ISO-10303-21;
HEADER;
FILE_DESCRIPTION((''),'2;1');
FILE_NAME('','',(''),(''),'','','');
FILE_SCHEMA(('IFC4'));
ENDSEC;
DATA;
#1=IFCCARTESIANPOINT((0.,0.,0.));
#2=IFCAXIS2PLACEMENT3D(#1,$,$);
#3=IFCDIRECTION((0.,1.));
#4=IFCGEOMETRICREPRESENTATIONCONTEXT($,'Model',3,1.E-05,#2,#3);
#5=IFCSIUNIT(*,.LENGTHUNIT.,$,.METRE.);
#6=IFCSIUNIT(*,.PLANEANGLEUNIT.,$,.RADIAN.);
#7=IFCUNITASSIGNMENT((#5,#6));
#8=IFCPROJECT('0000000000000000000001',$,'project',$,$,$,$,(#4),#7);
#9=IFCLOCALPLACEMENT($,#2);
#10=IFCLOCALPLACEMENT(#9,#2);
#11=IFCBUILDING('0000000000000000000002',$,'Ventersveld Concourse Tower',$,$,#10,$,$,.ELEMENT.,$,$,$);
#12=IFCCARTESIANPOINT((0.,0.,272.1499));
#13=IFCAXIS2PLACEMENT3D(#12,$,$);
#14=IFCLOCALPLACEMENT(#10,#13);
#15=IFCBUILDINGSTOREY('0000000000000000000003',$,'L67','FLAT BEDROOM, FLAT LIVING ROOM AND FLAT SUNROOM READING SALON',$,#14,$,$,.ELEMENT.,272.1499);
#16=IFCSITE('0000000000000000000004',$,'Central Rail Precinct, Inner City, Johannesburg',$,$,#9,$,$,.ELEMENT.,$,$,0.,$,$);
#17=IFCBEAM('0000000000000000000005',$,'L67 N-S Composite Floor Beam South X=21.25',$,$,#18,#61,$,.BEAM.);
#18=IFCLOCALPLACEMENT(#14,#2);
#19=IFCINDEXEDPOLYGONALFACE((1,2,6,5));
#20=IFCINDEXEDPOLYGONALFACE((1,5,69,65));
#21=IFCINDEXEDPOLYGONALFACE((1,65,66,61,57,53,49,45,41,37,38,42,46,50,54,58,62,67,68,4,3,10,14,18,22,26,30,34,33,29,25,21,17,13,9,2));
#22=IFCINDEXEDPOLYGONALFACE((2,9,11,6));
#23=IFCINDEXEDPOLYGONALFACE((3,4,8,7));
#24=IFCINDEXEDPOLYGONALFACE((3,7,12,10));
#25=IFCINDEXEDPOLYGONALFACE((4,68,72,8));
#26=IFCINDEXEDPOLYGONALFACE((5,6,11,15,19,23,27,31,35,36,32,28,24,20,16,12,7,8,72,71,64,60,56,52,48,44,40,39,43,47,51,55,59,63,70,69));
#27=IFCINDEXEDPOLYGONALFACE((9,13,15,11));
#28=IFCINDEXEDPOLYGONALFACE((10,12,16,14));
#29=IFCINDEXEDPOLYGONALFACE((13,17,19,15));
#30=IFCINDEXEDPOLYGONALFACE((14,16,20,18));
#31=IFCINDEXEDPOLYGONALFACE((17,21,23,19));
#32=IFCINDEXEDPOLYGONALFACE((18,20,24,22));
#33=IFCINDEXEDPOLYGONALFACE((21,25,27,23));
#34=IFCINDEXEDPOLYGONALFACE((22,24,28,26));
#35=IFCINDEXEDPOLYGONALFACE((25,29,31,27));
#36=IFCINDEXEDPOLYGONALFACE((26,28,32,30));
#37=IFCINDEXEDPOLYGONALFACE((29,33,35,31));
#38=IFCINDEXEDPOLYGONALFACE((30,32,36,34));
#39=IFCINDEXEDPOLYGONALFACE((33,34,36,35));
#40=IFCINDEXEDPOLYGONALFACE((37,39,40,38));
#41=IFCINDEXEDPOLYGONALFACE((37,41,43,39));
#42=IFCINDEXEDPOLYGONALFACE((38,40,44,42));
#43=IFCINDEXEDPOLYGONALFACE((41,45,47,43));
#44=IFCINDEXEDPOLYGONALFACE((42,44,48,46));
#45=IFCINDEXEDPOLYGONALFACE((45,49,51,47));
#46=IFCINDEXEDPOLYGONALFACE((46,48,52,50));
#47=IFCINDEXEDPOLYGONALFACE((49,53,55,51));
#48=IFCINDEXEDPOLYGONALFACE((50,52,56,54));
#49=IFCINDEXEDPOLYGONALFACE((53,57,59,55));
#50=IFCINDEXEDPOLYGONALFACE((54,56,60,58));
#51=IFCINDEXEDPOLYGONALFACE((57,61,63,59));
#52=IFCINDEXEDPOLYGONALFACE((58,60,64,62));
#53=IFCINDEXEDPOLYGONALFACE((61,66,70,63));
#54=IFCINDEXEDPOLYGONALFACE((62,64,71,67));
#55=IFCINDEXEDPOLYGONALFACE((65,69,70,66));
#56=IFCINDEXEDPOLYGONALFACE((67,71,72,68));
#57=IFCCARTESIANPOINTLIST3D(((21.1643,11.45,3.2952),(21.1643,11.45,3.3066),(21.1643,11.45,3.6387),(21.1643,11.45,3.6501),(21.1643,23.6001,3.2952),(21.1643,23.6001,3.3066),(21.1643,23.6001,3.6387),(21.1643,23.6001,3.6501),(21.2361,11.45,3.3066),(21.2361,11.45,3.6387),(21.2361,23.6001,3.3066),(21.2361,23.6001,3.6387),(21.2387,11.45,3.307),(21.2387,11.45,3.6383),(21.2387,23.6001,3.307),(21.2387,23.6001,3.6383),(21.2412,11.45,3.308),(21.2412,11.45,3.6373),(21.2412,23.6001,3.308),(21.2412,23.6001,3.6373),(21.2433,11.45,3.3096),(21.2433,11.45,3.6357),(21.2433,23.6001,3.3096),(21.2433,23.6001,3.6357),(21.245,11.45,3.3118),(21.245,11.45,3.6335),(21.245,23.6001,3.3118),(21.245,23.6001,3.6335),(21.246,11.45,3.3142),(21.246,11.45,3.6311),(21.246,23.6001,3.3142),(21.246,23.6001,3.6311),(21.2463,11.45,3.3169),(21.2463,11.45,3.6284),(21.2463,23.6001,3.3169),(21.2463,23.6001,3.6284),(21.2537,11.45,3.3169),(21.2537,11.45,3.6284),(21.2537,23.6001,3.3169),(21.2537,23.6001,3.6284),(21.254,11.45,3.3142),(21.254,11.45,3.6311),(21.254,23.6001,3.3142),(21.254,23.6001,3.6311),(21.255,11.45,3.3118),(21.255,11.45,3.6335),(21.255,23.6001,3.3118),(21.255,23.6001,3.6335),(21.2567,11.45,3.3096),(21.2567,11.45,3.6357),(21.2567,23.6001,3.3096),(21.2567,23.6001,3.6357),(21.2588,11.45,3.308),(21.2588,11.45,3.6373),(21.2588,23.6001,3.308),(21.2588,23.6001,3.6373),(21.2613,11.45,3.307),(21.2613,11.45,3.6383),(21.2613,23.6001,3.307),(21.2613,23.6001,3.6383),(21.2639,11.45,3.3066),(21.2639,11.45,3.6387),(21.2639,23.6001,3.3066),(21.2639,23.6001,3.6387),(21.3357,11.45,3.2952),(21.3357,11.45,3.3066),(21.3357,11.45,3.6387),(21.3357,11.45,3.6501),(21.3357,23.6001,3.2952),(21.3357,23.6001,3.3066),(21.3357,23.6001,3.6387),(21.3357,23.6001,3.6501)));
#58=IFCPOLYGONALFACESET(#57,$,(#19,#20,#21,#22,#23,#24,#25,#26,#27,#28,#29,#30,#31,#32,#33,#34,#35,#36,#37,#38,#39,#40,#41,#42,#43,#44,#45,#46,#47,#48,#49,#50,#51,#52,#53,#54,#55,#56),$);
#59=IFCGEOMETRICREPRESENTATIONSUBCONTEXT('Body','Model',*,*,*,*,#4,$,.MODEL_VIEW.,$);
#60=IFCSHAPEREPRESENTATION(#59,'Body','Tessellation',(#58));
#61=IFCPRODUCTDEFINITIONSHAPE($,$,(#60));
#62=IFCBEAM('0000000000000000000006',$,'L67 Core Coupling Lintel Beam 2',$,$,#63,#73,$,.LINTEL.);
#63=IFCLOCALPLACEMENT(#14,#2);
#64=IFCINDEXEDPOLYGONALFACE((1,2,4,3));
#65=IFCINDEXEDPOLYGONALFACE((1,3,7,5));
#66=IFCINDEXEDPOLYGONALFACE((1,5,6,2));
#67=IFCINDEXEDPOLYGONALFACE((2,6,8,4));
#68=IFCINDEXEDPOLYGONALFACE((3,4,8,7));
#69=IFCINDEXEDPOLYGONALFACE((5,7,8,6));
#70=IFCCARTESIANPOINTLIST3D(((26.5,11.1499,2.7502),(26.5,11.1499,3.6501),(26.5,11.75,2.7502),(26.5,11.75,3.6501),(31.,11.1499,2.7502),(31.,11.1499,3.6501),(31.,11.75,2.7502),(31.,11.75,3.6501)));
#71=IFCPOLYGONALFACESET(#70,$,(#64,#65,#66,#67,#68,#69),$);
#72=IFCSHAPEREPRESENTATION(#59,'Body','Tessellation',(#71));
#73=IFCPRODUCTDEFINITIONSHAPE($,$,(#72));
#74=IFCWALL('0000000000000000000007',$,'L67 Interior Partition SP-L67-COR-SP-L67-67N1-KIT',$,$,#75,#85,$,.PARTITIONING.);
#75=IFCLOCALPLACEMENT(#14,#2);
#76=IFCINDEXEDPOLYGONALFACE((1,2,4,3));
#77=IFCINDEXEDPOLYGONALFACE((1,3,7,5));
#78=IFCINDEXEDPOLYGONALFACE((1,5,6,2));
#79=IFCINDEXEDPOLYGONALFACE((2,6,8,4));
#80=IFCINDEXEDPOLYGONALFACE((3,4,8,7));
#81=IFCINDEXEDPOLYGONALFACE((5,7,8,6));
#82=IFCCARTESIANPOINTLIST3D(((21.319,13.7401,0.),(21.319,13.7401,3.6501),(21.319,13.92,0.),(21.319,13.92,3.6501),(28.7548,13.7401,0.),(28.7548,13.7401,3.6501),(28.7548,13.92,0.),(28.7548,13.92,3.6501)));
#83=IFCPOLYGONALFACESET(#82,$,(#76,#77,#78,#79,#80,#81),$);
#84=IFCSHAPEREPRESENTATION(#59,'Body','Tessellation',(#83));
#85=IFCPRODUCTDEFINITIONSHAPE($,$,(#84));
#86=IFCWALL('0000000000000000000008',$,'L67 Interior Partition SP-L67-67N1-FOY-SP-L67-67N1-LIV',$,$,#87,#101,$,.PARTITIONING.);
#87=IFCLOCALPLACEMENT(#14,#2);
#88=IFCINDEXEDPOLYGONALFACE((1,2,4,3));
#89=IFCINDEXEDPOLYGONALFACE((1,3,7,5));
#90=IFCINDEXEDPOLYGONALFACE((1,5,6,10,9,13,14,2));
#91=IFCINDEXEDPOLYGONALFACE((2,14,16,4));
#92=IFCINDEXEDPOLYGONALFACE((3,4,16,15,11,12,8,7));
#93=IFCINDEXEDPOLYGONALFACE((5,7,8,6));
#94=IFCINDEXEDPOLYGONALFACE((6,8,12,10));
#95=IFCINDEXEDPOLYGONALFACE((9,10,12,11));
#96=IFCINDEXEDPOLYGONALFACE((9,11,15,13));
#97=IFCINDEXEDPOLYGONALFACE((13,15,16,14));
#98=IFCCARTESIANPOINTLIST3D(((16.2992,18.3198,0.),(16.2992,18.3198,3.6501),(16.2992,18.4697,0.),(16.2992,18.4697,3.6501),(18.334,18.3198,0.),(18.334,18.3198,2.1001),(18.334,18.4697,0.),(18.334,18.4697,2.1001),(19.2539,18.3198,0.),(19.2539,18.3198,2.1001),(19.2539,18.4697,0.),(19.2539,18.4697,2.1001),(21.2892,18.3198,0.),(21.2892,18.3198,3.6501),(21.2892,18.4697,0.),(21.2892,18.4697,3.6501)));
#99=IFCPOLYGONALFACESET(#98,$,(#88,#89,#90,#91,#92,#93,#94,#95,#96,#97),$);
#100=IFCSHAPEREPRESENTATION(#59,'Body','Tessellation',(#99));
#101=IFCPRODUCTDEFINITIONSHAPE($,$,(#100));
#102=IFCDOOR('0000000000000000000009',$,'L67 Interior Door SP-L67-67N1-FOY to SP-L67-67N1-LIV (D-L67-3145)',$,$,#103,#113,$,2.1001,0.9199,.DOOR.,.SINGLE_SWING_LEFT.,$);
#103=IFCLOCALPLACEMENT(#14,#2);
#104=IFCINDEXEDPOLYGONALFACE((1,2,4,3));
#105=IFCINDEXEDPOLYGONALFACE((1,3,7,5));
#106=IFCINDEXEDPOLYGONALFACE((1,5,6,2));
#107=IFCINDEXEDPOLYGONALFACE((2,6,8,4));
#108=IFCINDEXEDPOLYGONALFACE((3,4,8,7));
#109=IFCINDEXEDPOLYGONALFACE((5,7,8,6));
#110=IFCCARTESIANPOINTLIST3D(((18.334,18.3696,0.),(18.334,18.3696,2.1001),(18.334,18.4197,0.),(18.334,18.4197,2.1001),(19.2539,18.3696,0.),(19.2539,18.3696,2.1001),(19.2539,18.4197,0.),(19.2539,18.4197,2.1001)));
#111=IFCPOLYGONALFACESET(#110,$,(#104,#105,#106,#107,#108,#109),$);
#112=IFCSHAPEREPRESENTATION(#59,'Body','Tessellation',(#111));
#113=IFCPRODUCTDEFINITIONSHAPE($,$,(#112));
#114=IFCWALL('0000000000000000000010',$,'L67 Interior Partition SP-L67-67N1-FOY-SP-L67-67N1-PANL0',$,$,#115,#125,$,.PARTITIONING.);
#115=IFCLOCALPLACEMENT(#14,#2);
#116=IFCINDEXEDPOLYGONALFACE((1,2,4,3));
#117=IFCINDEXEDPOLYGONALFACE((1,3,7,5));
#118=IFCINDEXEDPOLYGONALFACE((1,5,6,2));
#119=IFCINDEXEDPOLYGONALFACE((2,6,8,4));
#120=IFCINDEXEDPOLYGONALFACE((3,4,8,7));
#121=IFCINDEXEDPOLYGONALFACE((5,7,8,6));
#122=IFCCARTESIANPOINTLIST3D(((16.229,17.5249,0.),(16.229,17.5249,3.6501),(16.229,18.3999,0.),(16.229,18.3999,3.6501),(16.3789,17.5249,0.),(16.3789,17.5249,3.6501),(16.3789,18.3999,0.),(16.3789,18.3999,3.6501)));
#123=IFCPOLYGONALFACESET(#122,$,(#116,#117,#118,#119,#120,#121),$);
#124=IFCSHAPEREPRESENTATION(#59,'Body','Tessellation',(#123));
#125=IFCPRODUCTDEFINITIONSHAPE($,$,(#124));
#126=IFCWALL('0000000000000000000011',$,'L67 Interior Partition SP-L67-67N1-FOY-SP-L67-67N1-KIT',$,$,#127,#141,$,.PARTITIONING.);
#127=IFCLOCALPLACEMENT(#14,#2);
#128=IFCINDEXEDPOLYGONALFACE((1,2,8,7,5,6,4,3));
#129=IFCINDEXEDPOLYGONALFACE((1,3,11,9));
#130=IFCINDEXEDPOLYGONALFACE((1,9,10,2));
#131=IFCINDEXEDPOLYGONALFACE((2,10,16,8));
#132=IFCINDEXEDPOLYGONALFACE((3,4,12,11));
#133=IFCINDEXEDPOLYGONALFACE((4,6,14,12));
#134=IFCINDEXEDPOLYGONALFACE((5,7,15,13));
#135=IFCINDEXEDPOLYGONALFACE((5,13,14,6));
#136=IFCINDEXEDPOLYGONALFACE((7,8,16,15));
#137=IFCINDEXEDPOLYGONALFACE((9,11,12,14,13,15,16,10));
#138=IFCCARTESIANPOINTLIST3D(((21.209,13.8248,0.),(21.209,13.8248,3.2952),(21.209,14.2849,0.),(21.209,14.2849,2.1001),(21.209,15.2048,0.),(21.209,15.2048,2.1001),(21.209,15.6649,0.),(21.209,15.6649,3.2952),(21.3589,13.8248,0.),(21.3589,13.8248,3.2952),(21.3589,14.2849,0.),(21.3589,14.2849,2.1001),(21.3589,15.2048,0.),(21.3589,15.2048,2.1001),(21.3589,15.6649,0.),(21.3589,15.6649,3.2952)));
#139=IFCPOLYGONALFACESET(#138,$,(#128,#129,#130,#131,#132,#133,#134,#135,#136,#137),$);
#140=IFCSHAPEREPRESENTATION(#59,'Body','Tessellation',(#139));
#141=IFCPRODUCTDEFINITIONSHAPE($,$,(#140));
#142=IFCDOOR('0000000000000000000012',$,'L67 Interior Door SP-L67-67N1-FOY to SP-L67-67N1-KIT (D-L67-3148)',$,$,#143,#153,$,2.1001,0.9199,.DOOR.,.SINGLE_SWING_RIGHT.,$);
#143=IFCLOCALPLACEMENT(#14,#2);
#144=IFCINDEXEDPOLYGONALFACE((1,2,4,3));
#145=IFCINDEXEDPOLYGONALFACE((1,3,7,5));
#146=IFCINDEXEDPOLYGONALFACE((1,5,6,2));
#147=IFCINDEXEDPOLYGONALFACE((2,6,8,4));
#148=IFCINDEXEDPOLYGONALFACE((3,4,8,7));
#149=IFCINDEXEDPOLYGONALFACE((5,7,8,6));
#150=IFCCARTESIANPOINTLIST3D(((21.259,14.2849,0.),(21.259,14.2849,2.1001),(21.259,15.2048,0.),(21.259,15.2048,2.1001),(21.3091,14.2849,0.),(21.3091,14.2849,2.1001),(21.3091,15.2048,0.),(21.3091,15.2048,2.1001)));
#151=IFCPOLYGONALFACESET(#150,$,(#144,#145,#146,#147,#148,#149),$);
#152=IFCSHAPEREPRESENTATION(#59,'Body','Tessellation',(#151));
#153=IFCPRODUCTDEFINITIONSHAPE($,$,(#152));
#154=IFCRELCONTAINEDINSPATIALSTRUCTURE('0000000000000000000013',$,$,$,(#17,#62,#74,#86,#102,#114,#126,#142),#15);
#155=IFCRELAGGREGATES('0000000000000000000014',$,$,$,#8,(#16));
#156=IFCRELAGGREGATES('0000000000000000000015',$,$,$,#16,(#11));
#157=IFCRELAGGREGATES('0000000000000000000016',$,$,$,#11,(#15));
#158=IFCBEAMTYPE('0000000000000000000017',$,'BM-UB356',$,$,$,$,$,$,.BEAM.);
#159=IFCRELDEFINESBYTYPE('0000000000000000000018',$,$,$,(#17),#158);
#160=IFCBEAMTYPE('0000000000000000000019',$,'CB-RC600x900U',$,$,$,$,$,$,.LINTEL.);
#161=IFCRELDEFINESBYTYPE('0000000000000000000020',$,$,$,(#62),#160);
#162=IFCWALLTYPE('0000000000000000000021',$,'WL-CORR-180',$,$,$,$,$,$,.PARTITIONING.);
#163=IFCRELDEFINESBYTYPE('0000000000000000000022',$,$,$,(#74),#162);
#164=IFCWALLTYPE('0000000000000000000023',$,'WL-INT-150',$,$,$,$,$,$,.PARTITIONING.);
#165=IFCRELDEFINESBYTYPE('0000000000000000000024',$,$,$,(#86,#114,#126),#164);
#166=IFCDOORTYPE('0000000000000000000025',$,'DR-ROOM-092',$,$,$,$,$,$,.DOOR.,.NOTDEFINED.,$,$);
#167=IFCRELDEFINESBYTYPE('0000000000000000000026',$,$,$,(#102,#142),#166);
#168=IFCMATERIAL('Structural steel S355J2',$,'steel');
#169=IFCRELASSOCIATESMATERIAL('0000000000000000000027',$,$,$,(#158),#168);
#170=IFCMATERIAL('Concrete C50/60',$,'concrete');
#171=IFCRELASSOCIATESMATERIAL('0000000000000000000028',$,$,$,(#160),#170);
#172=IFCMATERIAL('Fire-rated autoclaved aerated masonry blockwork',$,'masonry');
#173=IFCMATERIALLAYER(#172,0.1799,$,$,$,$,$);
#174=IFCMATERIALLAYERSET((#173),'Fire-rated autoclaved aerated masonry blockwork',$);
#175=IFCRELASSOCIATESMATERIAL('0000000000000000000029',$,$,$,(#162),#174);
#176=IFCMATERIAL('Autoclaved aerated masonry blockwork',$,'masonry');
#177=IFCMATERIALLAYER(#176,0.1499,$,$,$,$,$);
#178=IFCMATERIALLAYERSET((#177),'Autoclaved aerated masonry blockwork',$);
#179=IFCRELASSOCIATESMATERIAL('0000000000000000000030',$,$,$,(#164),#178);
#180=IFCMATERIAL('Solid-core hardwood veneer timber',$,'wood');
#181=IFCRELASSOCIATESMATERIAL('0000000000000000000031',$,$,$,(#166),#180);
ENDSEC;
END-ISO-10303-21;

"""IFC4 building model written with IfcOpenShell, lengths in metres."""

from ifc_helpers import new_model, si_unit, direction, frame, frame_2d, origin, origin_2d, place, context, subcontext, project, spatial, rectangle, i_section, extrude, material, layer, layer_set, material_profile, profile_set, type_object, element, fill, save


model = new_model("IFC4")

# Units and contexts
model_context = context("Model", 3, precision=1e-05, world=origin(), true_north=direction((0.0, 1.0)))
body_context = subcontext(model_context, "Body", "Model", "MODEL_VIEW")
ifc_project = project(units=[si_unit("LENGTHUNIT", "METRE"), si_unit("PLANEANGLEUNIT", "RADIAN")], contexts=[model_context])

# Site, building, storey
site_placement = place(None, origin())
site = spatial("IfcSite", under=ifc_project, at=site_placement, Name="Central Rail Precinct, Inner City, Johannesburg", CompositionType="ELEMENT", RefElevation=0.0)
building_placement = place(site_placement, origin())
building = spatial("IfcBuilding", under=site, at=building_placement, Name="Ventersveld Concourse Tower", CompositionType="ELEMENT")
storey_placement = place(building_placement, frame((0.0, 0.0, 272.1499)))
storey = spatial("IfcBuildingStorey", under=building, at=storey_placement, Name="L67", Description="FLAT BEDROOM, FLAT LIVING ROOM AND FLAT SUNROOM READING SALON", CompositionType="ELEMENT", Elevation=272.1499)

# Beams
ifc_material_1 = material(Name="Structural steel S355J2", Category="steel")
ifc_material_profile_1 = material_profile(ifc_material_1, i_section(OverallWidth=0.1714, OverallDepth=0.355, WebThickness=0.0073, FlangeThickness=0.0115, FilletRadius=0.0103, at=origin_2d()), Name="UB 356x171x51")
ifc_profile_set_1 = profile_set([ifc_material_profile_1], Name="Structural steel S355J2")
beam_type_1 = type_object("IfcBeamType", Name="BM-UB356", PredefinedType="BEAM", material=ifc_profile_set_1)
beam_1_placement = place(storey_placement, frame((21.25, 11.45, 3.4727), z_axis=(0.0, 1.0, 0.0), x_axis=(-1.0, 0.0, 0.0)))
element("IfcBeam", 1, at=beam_1_placement, inside=storey, type_object=beam_type_1, Name="L67 N-S Composite Floor Beam South X=21.25", PredefinedType="BEAM", context=body_context, shape_type="SweptSolid", body=[
    extrude(i_section(OverallWidth=0.1714, OverallDepth=0.355, WebThickness=0.0073, FlangeThickness=0.0115, FilletRadius=0.0103, at=origin_2d()), origin(), (0.0, 0.0, 1.0), 12.1501),
])
ifc_material_2 = material(Name="Concrete C50/60", Category="concrete")
ifc_material_profile_2 = material_profile(ifc_material_2, rectangle(XDim=0.6001, YDim=0.8999, at=origin_2d()), Name="RC 600x900")
ifc_profile_set_2 = profile_set([ifc_material_profile_2], Name="Concrete C50/60")
beam_type_2 = type_object("IfcBeamType", Name="CB-RC600x900U", PredefinedType="LINTEL", material=ifc_profile_set_2)
beam_2_placement = place(storey_placement, frame((26.5, 11.45, 3.2002), z_axis=(1.0, 0.0, 0.0), x_axis=(0.0, 1.0, 0.0)))
element("IfcBeam", 2, at=beam_2_placement, inside=storey, type_object=beam_type_2, Name="L67 Core Coupling Lintel Beam 2", PredefinedType="LINTEL", context=body_context, shape_type="SweptSolid", body=[
    extrude(rectangle(XDim=0.6001, YDim=0.8999, at=origin_2d()), origin(), (0.0, 0.0, 1.0), 4.5),
])

# Wall
ifc_material_3 = material(Name="Fire-rated autoclaved aerated masonry blockwork", Category="masonry")
ifc_layer_1 = layer(ifc_material_3, 0.1799)
ifc_layer_set_1 = layer_set([ifc_layer_1], Name="Fire-rated autoclaved aerated masonry blockwork")
wall_type_1 = type_object("IfcWallType", Name="WL-CORR-180", PredefinedType="PARTITIONING", material=ifc_layer_set_1)
wall_1_placement = place(storey_placement, frame((21.3191, 13.8301, 0.0), z_axis=(0.0, 0.0, 1.0), x_axis=(1.0, 0.0, 0.0)))
element("IfcWall", 3, at=wall_1_placement, inside=storey, type_object=wall_type_1, Name="L67 Interior Partition SP-L67-COR-SP-L67-67N1-KIT", PredefinedType="PARTITIONING", context=body_context, shape_type="SweptSolid", body=[
    extrude(rectangle(XDim=7.4358, YDim=0.1799, at=frame_2d((3.7178, 0.0))), origin(), (0.0, 0.0, 1.0), 3.6501),
])

# Wall, opening, door
ifc_material_4 = material(Name="Autoclaved aerated masonry blockwork", Category="masonry")
ifc_layer_2 = layer(ifc_material_4, 0.1499)
ifc_layer_set_2 = layer_set([ifc_layer_2], Name="Autoclaved aerated masonry blockwork")
wall_type_2 = type_object("IfcWallType", Name="WL-INT-150", PredefinedType="PARTITIONING", material=ifc_layer_set_2)
wall_2_placement = place(storey_placement, frame((16.2991, 18.3948, 0.0), z_axis=(0.0, 0.0, 1.0), x_axis=(1.0, 0.0, 0.0)))
wall_2 = element("IfcWall", 4, at=wall_2_placement, inside=storey, type_object=wall_type_2, Name="L67 Interior Partition SP-L67-67N1-FOY-SP-L67-67N1-LIV", PredefinedType="PARTITIONING", context=body_context, shape_type="SweptSolid", body=[
    extrude(rectangle(XDim=4.99, YDim=0.1499, at=frame_2d((2.4951, 0.0))), origin(), (0.0, 0.0, 1.0), 3.6501),
])
opening_1_placement = place(wall_2_placement, frame((2.0349, 0.0, 0.0)))
opening_1 = element("IfcOpeningElement", 5, at=opening_1_placement, cuts=wall_2, PredefinedType="OPENING", context=body_context, shape_type="SweptSolid", body=[
    extrude(rectangle(XDim=0.9199, YDim=2.1001, at=frame_2d((0.46, 1.05))), frame((0.0, 0.085, 0.0), z_axis=(0.0, -1.0, 0.0), x_axis=(1.0, 0.0, 0.0)), (0.0, 0.0, 1.0), 0.1699),
])
ifc_material_5 = material(Name="Solid-core hardwood veneer timber", Category="wood")
door_type_1 = type_object("IfcDoorType", Name="DR-ROOM-092", OperationType="NOTDEFINED", PredefinedType="DOOR", material=ifc_material_5)
door_1_placement = place(opening_1_placement, origin())
door_1 = element("IfcDoor", 6, at=door_1_placement, inside=storey, type_object=door_type_1, Name="L67 Interior Door SP-L67-67N1-FOY to SP-L67-67N1-LIV (D-L67-3145)", OperationType="SINGLE_SWING_LEFT", OverallHeight=2.1001, OverallWidth=0.9199, PredefinedType="DOOR", context=body_context, shape_type="SweptSolid", body=[
    extrude(rectangle(XDim=0.9199, YDim=2.1001, at=frame_2d((0.46, 1.05))), frame((0.0, 0.0249, 0.0), z_axis=(0.0, -1.0, 0.0), x_axis=(1.0, 0.0, 0.0)), (0.0, 0.0, 1.0), 0.05),
])
fill(opening_1, door_1)

# Wall
wall_3_placement = place(storey_placement, frame((16.304, 17.5249, 0.0), z_axis=(0.0, 0.0, 1.0), x_axis=(0.0, 1.0, 0.0)))
element("IfcWall", 7, at=wall_3_placement, inside=storey, type_object=wall_type_2, Name="L67 Interior Partition SP-L67-67N1-FOY-SP-L67-67N1-PANL0", PredefinedType="PARTITIONING", context=body_context, shape_type="SweptSolid", body=[
    extrude(rectangle(XDim=0.875, YDim=0.1499, at=frame_2d((0.4375, 0.0))), origin(), (0.0, 0.0, 1.0), 3.6501),
])

# Wall, opening, door
wall_4_placement = place(storey_placement, frame((21.2839, 13.825, 0.0), z_axis=(0.0, 0.0, 1.0), x_axis=(0.0, 1.0, 0.0)))
wall_4 = element("IfcWall", 8, at=wall_4_placement, inside=storey, type_object=wall_type_2, Name="L67 Interior Partition SP-L67-67N1-FOY-SP-L67-67N1-KIT", PredefinedType="PARTITIONING", context=body_context, shape_type="SweptSolid", body=[
    extrude(rectangle(XDim=1.8401, YDim=0.1499, at=frame_2d((0.9199, 0.0))), origin(), (0.0, 0.0, 1.0), 3.2952),
])
opening_2_placement = place(wall_4_placement, frame((0.46, 0.0, 0.0)))
opening_2 = element("IfcOpeningElement", 9, at=opening_2_placement, cuts=wall_4, PredefinedType="OPENING", context=body_context, shape_type="SweptSolid", body=[
    extrude(rectangle(XDim=0.9199, YDim=2.1001, at=frame_2d((0.46, 1.05))), frame((0.0, 0.085, 0.0), z_axis=(0.0, -1.0, 0.0), x_axis=(1.0, 0.0, 0.0)), (0.0, 0.0, 1.0), 0.1699),
])
door_2_placement = place(opening_2_placement, origin())
door_2 = element("IfcDoor", 10, at=door_2_placement, inside=storey, type_object=door_type_1, Name="L67 Interior Door SP-L67-67N1-FOY to SP-L67-67N1-KIT (D-L67-3148)", OperationType="SINGLE_SWING_RIGHT", OverallHeight=2.1001, OverallWidth=0.9199, PredefinedType="DOOR", context=body_context, shape_type="SweptSolid", body=[
    extrude(rectangle(XDim=0.9199, YDim=2.1001, at=frame_2d((0.46, 1.05))), frame((0.0, 0.0249, 0.0), z_axis=(0.0, -1.0, 0.0), x_axis=(1.0, 0.0, 0.0)), (0.0, 0.0, 1.0), 0.05),
])
fill(opening_2, door_2)

save(model, "model.ifc")
